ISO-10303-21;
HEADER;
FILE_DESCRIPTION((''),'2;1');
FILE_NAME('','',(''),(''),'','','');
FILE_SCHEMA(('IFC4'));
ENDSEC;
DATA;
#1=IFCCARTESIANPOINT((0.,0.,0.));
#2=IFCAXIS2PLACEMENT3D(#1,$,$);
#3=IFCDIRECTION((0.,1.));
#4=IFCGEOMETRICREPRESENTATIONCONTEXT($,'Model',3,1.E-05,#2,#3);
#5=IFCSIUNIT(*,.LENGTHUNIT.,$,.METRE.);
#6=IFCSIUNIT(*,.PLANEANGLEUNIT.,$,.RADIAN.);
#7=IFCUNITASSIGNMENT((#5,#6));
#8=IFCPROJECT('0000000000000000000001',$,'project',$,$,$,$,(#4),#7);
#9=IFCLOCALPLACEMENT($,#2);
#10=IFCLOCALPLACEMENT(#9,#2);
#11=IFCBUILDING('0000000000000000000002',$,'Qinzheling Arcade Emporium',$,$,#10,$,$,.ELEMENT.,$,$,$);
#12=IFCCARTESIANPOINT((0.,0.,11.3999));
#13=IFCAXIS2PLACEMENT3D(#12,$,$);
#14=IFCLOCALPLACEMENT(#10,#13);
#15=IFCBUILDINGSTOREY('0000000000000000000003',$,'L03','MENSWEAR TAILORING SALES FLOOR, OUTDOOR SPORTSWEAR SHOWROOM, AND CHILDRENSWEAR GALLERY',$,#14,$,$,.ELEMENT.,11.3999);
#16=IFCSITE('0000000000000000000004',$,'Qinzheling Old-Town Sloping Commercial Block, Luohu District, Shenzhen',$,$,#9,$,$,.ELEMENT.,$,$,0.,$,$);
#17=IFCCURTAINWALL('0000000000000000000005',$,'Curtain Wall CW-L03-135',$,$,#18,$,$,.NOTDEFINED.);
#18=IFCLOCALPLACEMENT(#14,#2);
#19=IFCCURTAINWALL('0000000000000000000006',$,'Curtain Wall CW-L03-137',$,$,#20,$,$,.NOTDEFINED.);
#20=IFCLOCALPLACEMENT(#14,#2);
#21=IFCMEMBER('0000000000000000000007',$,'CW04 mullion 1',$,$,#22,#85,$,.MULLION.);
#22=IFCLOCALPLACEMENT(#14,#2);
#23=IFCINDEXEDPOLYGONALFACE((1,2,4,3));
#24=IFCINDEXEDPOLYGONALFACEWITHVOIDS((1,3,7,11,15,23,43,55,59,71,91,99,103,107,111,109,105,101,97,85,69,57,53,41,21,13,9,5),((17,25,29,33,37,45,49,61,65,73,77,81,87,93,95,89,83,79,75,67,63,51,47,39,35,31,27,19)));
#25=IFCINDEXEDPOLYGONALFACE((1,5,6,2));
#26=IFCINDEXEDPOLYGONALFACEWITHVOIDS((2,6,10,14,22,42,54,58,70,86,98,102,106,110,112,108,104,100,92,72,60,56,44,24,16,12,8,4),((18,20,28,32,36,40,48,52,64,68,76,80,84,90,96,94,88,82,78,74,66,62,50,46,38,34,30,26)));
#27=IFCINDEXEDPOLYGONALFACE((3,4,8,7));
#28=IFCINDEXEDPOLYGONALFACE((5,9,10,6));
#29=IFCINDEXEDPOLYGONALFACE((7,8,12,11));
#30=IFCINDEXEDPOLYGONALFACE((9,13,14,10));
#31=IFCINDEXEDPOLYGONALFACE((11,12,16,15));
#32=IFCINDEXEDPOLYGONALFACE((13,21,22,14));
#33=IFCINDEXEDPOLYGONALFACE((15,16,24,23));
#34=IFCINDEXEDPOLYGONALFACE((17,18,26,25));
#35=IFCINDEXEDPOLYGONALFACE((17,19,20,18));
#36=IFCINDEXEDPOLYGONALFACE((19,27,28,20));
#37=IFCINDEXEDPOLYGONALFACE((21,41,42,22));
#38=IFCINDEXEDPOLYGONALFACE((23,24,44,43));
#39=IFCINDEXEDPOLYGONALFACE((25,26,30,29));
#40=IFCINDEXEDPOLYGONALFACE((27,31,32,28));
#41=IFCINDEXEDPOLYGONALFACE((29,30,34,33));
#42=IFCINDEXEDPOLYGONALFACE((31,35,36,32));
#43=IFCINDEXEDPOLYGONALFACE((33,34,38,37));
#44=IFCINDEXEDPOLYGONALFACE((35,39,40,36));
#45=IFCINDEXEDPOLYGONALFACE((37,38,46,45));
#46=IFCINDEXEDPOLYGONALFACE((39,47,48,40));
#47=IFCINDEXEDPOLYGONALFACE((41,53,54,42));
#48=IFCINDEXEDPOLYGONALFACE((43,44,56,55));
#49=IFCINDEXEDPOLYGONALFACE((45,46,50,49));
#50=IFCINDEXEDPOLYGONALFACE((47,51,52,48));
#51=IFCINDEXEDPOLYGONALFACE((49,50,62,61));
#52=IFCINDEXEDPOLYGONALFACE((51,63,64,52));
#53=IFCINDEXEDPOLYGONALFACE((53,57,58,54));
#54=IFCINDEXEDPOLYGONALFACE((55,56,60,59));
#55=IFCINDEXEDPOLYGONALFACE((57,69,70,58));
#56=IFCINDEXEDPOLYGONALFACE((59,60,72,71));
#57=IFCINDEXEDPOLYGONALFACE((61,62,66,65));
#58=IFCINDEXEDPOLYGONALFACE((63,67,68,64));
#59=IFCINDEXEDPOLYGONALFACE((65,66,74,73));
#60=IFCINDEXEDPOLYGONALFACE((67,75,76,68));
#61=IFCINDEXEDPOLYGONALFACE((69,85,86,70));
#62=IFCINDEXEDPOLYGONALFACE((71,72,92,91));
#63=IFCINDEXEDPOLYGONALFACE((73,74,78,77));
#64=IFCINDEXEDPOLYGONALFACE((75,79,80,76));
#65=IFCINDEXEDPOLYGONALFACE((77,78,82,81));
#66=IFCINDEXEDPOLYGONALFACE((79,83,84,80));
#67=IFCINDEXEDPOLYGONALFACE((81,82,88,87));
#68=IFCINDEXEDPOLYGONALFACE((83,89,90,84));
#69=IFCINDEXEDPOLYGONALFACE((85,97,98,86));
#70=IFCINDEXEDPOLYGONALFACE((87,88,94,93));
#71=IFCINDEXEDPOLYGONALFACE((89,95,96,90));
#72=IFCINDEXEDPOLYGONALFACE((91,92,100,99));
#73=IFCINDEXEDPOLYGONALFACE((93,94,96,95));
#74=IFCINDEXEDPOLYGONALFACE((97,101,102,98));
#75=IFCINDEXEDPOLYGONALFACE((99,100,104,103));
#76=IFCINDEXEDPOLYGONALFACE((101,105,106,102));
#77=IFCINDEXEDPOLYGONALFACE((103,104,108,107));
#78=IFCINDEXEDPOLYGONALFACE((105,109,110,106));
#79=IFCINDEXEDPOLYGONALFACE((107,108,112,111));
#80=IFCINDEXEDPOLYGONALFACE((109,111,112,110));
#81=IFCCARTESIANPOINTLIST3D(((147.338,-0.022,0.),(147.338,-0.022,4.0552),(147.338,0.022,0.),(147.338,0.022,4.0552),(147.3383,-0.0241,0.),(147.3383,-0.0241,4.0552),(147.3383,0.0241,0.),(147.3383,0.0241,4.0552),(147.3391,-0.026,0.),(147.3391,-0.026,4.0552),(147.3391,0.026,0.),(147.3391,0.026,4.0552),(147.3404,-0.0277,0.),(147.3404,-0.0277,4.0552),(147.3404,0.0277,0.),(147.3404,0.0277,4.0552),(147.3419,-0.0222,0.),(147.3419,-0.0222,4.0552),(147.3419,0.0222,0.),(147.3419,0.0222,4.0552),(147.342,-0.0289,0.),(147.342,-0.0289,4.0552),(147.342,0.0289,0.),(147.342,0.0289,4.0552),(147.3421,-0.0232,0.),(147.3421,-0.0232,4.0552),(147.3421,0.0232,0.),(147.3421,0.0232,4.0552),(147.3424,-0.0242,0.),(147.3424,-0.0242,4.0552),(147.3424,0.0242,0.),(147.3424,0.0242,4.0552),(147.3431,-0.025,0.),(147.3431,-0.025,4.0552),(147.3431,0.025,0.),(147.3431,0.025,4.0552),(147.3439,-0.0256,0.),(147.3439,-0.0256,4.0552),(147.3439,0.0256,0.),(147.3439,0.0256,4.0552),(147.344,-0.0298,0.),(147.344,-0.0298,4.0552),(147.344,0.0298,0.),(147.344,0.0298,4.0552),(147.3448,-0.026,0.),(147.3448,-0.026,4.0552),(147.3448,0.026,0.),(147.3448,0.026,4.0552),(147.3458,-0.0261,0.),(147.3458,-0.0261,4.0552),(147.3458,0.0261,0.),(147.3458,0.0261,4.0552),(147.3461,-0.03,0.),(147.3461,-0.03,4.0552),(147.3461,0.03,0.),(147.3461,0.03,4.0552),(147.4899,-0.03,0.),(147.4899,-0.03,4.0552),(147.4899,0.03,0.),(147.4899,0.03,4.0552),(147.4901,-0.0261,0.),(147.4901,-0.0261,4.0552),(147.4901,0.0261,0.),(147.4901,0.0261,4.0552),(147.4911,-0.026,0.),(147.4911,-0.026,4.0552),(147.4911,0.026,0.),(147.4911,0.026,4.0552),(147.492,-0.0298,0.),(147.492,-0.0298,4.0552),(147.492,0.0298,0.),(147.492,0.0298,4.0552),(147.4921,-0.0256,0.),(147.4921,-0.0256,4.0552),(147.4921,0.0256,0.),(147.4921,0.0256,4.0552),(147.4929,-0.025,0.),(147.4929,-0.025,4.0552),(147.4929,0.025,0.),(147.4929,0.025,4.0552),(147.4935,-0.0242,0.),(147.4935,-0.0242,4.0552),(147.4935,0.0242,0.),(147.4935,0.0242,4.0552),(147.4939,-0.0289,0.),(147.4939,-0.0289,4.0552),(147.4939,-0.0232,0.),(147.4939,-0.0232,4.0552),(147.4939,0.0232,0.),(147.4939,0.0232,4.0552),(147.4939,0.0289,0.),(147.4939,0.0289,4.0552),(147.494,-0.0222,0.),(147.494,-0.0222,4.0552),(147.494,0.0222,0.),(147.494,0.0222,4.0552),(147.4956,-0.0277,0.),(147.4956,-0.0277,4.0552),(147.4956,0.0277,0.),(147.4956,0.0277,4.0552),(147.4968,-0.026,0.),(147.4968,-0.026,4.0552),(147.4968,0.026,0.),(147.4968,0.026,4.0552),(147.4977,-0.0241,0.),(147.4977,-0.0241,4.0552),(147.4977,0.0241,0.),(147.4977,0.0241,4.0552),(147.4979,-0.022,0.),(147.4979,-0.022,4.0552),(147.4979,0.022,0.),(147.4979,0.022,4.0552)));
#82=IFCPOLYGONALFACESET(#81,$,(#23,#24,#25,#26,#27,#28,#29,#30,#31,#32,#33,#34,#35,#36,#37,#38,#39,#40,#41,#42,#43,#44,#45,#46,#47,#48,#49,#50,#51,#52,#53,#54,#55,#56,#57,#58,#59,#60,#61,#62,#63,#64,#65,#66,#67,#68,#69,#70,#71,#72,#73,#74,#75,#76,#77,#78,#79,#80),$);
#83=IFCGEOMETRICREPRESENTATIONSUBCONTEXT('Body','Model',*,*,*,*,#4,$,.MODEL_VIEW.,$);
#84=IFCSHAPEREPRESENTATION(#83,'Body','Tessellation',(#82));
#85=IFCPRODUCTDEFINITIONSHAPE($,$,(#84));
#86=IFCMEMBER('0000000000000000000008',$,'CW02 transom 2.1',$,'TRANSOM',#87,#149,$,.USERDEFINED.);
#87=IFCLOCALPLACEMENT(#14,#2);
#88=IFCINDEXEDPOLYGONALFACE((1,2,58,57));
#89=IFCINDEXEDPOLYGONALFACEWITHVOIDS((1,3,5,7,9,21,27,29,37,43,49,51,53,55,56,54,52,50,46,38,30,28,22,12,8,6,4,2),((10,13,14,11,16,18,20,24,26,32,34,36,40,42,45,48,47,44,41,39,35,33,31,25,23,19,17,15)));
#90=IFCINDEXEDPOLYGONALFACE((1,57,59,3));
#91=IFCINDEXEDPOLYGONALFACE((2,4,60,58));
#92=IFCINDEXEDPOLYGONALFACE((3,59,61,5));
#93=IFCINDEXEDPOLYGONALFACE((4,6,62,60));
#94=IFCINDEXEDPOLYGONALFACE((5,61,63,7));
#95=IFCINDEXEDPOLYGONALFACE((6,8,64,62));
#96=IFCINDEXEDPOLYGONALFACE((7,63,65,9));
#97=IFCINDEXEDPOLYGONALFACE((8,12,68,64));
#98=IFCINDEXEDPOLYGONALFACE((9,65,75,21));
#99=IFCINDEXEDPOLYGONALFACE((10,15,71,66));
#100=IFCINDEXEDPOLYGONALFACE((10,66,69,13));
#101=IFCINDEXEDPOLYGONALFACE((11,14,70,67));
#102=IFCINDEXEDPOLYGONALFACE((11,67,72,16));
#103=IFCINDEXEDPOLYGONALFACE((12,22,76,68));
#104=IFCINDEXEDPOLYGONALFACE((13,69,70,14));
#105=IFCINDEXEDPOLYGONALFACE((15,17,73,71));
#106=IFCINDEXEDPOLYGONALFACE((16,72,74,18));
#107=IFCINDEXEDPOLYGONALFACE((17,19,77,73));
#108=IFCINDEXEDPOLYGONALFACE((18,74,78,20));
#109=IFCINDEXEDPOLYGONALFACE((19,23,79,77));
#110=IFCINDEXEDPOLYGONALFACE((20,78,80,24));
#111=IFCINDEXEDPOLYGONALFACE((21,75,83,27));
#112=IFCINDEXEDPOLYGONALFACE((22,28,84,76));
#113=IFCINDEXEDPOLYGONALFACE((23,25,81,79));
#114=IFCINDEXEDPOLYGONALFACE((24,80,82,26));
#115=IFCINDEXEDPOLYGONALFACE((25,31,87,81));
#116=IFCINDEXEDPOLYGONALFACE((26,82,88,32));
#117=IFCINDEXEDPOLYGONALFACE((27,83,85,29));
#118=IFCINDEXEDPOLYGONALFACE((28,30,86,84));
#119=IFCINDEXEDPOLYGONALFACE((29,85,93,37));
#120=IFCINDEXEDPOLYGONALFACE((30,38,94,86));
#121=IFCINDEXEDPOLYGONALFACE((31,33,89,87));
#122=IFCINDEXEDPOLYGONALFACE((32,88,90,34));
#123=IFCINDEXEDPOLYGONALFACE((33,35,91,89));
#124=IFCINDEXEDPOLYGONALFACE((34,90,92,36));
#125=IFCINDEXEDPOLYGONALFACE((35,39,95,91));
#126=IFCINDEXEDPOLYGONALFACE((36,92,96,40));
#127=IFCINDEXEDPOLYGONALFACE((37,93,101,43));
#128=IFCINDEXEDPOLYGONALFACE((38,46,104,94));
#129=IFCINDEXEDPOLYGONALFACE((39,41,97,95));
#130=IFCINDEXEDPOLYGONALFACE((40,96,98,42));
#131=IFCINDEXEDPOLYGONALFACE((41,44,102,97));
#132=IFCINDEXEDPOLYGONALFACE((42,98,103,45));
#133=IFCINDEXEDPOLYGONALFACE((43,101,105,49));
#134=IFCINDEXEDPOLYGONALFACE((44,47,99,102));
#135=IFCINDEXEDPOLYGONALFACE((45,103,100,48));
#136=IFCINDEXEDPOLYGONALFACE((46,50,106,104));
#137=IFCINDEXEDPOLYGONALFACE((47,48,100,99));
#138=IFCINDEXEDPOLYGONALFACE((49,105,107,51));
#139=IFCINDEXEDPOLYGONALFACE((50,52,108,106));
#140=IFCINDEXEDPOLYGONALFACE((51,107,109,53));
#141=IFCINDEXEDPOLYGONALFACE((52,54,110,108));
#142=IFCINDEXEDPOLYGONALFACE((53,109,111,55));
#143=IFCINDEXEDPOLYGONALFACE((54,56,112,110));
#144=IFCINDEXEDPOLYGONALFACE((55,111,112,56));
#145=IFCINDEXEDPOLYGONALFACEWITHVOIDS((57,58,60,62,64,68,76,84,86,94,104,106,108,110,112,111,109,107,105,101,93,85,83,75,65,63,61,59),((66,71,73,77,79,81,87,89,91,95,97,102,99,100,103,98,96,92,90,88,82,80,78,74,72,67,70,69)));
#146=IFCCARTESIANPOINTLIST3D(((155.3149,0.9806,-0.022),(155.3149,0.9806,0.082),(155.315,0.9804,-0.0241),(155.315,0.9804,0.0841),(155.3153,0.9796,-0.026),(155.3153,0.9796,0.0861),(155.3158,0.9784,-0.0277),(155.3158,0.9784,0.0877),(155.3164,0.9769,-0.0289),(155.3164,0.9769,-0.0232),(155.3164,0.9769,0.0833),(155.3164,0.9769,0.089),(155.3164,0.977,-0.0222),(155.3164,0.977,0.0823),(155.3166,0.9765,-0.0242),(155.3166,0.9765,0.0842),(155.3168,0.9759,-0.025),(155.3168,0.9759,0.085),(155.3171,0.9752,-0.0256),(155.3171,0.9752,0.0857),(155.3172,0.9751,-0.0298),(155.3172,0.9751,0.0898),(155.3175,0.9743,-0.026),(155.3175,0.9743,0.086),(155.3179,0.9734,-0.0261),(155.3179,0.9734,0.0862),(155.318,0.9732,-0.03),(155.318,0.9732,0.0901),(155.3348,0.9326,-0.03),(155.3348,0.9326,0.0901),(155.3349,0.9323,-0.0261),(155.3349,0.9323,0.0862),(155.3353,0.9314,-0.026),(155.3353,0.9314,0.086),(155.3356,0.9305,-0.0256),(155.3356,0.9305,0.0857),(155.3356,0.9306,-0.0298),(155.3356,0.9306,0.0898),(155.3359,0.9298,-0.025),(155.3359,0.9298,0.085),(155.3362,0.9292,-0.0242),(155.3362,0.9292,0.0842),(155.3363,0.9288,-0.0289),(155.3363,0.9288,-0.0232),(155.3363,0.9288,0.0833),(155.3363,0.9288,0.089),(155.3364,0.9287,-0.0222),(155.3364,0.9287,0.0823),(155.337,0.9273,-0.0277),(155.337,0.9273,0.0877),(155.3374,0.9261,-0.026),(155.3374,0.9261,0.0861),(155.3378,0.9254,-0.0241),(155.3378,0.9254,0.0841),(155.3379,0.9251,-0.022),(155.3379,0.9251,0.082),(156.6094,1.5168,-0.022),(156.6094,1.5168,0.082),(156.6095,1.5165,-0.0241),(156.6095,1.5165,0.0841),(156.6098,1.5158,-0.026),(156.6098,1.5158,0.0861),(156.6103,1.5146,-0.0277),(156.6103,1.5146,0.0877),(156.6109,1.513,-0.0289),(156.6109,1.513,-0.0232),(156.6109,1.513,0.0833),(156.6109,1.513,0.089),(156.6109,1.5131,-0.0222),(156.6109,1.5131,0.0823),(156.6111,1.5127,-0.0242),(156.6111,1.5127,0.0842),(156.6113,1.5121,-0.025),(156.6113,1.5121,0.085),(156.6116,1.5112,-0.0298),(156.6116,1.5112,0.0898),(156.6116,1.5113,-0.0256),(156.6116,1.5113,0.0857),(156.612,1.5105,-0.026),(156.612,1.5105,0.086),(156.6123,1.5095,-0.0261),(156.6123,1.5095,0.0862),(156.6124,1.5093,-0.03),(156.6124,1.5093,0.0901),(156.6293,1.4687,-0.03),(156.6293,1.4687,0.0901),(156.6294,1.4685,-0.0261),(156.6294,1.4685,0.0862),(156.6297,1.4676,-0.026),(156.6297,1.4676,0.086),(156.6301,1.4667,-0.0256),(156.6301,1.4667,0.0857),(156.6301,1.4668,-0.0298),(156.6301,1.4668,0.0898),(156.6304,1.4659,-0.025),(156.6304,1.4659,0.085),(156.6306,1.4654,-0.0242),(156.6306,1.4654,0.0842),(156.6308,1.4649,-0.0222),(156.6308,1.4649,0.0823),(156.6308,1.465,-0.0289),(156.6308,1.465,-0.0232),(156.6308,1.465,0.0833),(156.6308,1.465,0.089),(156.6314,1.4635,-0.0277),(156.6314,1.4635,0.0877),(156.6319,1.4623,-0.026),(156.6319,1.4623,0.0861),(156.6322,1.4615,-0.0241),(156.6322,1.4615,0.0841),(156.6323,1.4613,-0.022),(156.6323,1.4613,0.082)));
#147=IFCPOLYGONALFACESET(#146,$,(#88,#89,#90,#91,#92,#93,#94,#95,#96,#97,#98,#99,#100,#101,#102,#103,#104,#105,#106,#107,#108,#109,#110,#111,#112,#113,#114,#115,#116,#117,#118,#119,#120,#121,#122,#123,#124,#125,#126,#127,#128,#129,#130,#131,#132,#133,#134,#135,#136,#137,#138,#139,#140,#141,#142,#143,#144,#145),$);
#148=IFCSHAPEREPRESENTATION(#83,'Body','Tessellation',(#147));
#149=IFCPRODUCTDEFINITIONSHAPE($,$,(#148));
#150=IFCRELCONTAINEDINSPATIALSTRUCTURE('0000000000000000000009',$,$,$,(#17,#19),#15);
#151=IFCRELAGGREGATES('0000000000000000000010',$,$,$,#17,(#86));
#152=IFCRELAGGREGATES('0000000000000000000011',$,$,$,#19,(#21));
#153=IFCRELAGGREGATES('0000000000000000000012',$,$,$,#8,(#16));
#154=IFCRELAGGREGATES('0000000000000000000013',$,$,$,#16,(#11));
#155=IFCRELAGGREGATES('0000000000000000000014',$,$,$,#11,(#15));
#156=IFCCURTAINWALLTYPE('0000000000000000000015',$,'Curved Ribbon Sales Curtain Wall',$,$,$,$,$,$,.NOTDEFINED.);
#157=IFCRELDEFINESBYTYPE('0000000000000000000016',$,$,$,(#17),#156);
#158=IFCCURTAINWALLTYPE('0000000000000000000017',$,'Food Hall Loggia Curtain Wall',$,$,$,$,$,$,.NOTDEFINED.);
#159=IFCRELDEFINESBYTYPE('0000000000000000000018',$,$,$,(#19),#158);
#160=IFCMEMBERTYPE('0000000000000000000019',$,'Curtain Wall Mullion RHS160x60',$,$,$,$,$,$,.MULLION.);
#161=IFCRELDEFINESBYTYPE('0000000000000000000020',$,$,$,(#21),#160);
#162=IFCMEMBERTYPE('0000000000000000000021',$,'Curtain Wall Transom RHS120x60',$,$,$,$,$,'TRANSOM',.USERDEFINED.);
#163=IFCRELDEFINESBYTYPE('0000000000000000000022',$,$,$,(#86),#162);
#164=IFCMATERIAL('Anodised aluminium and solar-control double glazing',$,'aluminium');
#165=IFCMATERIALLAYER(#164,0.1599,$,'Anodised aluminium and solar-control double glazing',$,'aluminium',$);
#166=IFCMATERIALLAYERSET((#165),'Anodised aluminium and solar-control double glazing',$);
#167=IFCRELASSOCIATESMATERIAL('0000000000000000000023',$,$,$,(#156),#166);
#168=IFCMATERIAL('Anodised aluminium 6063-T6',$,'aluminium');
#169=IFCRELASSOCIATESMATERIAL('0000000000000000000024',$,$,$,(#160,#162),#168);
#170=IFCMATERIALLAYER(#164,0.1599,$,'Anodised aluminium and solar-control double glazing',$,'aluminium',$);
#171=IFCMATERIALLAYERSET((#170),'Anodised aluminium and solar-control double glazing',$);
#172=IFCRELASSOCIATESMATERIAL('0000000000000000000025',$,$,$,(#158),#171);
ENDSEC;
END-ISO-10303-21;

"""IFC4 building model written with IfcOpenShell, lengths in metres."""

from ifc_helpers import new_model, si_unit, direction, frame, origin, origin_2d, place, context, subcontext, project, spatial, hollow_rectangle, extrude, material, layer, layer_set, material_profile, profile_set, type_object, element, aggregate, save


model = new_model("IFC4")

# Units and contexts
model_context = context("Model", 3, precision=1e-05, world=origin(), true_north=direction((0.0, 1.0)))
body_context = subcontext(model_context, "Body", "Model", "MODEL_VIEW")
ifc_project = project(units=[si_unit("LENGTHUNIT", "METRE"), si_unit("PLANEANGLEUNIT", "RADIAN")], contexts=[model_context])

# Site, building, storey
site_placement = place(None, origin())
site = spatial("IfcSite", under=ifc_project, at=site_placement, Name="Qinzheling Old-Town Sloping Commercial Block, Luohu District, Shenzhen", CompositionType="ELEMENT", RefElevation=0.0)
building_placement = place(site_placement, origin())
building = spatial("IfcBuilding", under=site, at=building_placement, Name="Qinzheling Arcade Emporium", CompositionType="ELEMENT")
storey_placement = place(building_placement, frame((0.0, 0.0, 11.3999)))
storey = spatial("IfcBuildingStorey", under=building, at=storey_placement, Name="L03", Description="MENSWEAR TAILORING SALES FLOOR, OUTDOOR SPORTSWEAR SHOWROOM, AND CHILDRENSWEAR GALLERY", CompositionType="ELEMENT", Elevation=11.3999)

# Curtain wall
ifc_material_1 = material(Name="Anodised aluminium and solar-control double glazing", Category="aluminium")
ifc_layer_1 = layer(ifc_material_1, 0.1599, Name="Anodised aluminium and solar-control double glazing", Category="aluminium")
ifc_layer_set_1 = layer_set([ifc_layer_1], Name="Anodised aluminium and solar-control double glazing")
curtain_wall_type_1 = type_object("IfcCurtainWallType", Name="Curved Ribbon Sales Curtain Wall", PredefinedType="NOTDEFINED", material=ifc_layer_set_1)
curtain_wall_1_placement = place(storey_placement, origin())
curtain_wall_1 = element("IfcCurtainWall", 1, at=curtain_wall_1_placement, inside=storey, type_object=curtain_wall_type_1, Name="Curtain Wall CW-L03-135", PredefinedType="NOTDEFINED")
ifc_material_2 = material(Name="Anodised aluminium 6063-T6", Category="aluminium")
ifc_material_profile_1 = material_profile(ifc_material_2, hollow_rectangle(XDim=0.0601, YDim=0.1599, WallThickness=0.0039, InnerFilletRadius=0.0039, OuterFilletRadius=0.0081, at=origin_2d()), Name="RHS 160x60x4", Category="aluminium")
ifc_profile_set_1 = profile_set([ifc_material_profile_1], Name="Anodised aluminium 6063-T6")
member_type_1 = type_object("IfcMemberType", Name="Curtain Wall Mullion RHS160x60", PredefinedType="MULLION", material=ifc_profile_set_1)

# Curtain wall, member
ifc_layer_2 = layer(ifc_material_1, 0.1599, Name="Anodised aluminium and solar-control double glazing", Category="aluminium")
ifc_layer_set_2 = layer_set([ifc_layer_2], Name="Anodised aluminium and solar-control double glazing")
curtain_wall_type_2 = type_object("IfcCurtainWallType", Name="Food Hall Loggia Curtain Wall", PredefinedType="NOTDEFINED", material=ifc_layer_set_2)
curtain_wall_2_placement = place(storey_placement, origin())
curtain_wall_2 = element("IfcCurtainWall", 2, at=curtain_wall_2_placement, inside=storey, type_object=curtain_wall_type_2, Name="Curtain Wall CW-L03-137", PredefinedType="NOTDEFINED")
member_1_placement = place(storey_placement, frame((147.418, 0.0, 0.0), z_axis=(0.0, 0.0, 1.0), x_axis=(0.0, -1.0, 0.0)))
member_1 = element("IfcMember", 3, at=member_1_placement, type_object=member_type_1, Name="CW04 mullion 1", PredefinedType="MULLION", context=body_context, shape_type="SweptSolid", body=[
    extrude(hollow_rectangle(XDim=0.0601, YDim=0.1599, WallThickness=0.0039, InnerFilletRadius=0.0039, OuterFilletRadius=0.0081, at=origin_2d()), origin(), (0.0, 0.0, 1.0), 4.0552),
])

# Member
ifc_material_profile_2 = material_profile(ifc_material_2, hollow_rectangle(XDim=0.0601, YDim=0.1201, WallThickness=0.0039, InnerFilletRadius=0.0039, OuterFilletRadius=0.0081, at=origin_2d()), Name="RHS 120x60x4", Category="aluminium")
ifc_profile_set_2 = profile_set([ifc_material_profile_2], Name="Anodised aluminium 6063-T6")
member_type_2 = type_object("IfcMemberType", Name="Curtain Wall Transom RHS120x60", ElementType="TRANSOM", PredefinedType="USERDEFINED", material=ifc_profile_set_2)
member_2_placement = place(storey_placement, frame((156.6208, 1.489, 0.03), z_axis=(-0.923889, -0.38266, 0.0), x_axis=(0.38266, -0.923889, 0.0)))
member_2 = element("IfcMember", 4, at=member_2_placement, type_object=member_type_2, Name="CW02 transom 2.1", ObjectType="TRANSOM", PredefinedType="USERDEFINED", context=body_context, shape_type="SweptSolid", body=[
    extrude(hollow_rectangle(XDim=0.0601, YDim=0.1201, WallThickness=0.0039, InnerFilletRadius=0.0039, OuterFilletRadius=0.0081, at=origin_2d()), origin(), (0.0, 0.0, 1.0), 1.4011),
])

aggregate(curtain_wall_1, [member_2])
aggregate(curtain_wall_2, [member_1])

save(model, "model.ifc")
